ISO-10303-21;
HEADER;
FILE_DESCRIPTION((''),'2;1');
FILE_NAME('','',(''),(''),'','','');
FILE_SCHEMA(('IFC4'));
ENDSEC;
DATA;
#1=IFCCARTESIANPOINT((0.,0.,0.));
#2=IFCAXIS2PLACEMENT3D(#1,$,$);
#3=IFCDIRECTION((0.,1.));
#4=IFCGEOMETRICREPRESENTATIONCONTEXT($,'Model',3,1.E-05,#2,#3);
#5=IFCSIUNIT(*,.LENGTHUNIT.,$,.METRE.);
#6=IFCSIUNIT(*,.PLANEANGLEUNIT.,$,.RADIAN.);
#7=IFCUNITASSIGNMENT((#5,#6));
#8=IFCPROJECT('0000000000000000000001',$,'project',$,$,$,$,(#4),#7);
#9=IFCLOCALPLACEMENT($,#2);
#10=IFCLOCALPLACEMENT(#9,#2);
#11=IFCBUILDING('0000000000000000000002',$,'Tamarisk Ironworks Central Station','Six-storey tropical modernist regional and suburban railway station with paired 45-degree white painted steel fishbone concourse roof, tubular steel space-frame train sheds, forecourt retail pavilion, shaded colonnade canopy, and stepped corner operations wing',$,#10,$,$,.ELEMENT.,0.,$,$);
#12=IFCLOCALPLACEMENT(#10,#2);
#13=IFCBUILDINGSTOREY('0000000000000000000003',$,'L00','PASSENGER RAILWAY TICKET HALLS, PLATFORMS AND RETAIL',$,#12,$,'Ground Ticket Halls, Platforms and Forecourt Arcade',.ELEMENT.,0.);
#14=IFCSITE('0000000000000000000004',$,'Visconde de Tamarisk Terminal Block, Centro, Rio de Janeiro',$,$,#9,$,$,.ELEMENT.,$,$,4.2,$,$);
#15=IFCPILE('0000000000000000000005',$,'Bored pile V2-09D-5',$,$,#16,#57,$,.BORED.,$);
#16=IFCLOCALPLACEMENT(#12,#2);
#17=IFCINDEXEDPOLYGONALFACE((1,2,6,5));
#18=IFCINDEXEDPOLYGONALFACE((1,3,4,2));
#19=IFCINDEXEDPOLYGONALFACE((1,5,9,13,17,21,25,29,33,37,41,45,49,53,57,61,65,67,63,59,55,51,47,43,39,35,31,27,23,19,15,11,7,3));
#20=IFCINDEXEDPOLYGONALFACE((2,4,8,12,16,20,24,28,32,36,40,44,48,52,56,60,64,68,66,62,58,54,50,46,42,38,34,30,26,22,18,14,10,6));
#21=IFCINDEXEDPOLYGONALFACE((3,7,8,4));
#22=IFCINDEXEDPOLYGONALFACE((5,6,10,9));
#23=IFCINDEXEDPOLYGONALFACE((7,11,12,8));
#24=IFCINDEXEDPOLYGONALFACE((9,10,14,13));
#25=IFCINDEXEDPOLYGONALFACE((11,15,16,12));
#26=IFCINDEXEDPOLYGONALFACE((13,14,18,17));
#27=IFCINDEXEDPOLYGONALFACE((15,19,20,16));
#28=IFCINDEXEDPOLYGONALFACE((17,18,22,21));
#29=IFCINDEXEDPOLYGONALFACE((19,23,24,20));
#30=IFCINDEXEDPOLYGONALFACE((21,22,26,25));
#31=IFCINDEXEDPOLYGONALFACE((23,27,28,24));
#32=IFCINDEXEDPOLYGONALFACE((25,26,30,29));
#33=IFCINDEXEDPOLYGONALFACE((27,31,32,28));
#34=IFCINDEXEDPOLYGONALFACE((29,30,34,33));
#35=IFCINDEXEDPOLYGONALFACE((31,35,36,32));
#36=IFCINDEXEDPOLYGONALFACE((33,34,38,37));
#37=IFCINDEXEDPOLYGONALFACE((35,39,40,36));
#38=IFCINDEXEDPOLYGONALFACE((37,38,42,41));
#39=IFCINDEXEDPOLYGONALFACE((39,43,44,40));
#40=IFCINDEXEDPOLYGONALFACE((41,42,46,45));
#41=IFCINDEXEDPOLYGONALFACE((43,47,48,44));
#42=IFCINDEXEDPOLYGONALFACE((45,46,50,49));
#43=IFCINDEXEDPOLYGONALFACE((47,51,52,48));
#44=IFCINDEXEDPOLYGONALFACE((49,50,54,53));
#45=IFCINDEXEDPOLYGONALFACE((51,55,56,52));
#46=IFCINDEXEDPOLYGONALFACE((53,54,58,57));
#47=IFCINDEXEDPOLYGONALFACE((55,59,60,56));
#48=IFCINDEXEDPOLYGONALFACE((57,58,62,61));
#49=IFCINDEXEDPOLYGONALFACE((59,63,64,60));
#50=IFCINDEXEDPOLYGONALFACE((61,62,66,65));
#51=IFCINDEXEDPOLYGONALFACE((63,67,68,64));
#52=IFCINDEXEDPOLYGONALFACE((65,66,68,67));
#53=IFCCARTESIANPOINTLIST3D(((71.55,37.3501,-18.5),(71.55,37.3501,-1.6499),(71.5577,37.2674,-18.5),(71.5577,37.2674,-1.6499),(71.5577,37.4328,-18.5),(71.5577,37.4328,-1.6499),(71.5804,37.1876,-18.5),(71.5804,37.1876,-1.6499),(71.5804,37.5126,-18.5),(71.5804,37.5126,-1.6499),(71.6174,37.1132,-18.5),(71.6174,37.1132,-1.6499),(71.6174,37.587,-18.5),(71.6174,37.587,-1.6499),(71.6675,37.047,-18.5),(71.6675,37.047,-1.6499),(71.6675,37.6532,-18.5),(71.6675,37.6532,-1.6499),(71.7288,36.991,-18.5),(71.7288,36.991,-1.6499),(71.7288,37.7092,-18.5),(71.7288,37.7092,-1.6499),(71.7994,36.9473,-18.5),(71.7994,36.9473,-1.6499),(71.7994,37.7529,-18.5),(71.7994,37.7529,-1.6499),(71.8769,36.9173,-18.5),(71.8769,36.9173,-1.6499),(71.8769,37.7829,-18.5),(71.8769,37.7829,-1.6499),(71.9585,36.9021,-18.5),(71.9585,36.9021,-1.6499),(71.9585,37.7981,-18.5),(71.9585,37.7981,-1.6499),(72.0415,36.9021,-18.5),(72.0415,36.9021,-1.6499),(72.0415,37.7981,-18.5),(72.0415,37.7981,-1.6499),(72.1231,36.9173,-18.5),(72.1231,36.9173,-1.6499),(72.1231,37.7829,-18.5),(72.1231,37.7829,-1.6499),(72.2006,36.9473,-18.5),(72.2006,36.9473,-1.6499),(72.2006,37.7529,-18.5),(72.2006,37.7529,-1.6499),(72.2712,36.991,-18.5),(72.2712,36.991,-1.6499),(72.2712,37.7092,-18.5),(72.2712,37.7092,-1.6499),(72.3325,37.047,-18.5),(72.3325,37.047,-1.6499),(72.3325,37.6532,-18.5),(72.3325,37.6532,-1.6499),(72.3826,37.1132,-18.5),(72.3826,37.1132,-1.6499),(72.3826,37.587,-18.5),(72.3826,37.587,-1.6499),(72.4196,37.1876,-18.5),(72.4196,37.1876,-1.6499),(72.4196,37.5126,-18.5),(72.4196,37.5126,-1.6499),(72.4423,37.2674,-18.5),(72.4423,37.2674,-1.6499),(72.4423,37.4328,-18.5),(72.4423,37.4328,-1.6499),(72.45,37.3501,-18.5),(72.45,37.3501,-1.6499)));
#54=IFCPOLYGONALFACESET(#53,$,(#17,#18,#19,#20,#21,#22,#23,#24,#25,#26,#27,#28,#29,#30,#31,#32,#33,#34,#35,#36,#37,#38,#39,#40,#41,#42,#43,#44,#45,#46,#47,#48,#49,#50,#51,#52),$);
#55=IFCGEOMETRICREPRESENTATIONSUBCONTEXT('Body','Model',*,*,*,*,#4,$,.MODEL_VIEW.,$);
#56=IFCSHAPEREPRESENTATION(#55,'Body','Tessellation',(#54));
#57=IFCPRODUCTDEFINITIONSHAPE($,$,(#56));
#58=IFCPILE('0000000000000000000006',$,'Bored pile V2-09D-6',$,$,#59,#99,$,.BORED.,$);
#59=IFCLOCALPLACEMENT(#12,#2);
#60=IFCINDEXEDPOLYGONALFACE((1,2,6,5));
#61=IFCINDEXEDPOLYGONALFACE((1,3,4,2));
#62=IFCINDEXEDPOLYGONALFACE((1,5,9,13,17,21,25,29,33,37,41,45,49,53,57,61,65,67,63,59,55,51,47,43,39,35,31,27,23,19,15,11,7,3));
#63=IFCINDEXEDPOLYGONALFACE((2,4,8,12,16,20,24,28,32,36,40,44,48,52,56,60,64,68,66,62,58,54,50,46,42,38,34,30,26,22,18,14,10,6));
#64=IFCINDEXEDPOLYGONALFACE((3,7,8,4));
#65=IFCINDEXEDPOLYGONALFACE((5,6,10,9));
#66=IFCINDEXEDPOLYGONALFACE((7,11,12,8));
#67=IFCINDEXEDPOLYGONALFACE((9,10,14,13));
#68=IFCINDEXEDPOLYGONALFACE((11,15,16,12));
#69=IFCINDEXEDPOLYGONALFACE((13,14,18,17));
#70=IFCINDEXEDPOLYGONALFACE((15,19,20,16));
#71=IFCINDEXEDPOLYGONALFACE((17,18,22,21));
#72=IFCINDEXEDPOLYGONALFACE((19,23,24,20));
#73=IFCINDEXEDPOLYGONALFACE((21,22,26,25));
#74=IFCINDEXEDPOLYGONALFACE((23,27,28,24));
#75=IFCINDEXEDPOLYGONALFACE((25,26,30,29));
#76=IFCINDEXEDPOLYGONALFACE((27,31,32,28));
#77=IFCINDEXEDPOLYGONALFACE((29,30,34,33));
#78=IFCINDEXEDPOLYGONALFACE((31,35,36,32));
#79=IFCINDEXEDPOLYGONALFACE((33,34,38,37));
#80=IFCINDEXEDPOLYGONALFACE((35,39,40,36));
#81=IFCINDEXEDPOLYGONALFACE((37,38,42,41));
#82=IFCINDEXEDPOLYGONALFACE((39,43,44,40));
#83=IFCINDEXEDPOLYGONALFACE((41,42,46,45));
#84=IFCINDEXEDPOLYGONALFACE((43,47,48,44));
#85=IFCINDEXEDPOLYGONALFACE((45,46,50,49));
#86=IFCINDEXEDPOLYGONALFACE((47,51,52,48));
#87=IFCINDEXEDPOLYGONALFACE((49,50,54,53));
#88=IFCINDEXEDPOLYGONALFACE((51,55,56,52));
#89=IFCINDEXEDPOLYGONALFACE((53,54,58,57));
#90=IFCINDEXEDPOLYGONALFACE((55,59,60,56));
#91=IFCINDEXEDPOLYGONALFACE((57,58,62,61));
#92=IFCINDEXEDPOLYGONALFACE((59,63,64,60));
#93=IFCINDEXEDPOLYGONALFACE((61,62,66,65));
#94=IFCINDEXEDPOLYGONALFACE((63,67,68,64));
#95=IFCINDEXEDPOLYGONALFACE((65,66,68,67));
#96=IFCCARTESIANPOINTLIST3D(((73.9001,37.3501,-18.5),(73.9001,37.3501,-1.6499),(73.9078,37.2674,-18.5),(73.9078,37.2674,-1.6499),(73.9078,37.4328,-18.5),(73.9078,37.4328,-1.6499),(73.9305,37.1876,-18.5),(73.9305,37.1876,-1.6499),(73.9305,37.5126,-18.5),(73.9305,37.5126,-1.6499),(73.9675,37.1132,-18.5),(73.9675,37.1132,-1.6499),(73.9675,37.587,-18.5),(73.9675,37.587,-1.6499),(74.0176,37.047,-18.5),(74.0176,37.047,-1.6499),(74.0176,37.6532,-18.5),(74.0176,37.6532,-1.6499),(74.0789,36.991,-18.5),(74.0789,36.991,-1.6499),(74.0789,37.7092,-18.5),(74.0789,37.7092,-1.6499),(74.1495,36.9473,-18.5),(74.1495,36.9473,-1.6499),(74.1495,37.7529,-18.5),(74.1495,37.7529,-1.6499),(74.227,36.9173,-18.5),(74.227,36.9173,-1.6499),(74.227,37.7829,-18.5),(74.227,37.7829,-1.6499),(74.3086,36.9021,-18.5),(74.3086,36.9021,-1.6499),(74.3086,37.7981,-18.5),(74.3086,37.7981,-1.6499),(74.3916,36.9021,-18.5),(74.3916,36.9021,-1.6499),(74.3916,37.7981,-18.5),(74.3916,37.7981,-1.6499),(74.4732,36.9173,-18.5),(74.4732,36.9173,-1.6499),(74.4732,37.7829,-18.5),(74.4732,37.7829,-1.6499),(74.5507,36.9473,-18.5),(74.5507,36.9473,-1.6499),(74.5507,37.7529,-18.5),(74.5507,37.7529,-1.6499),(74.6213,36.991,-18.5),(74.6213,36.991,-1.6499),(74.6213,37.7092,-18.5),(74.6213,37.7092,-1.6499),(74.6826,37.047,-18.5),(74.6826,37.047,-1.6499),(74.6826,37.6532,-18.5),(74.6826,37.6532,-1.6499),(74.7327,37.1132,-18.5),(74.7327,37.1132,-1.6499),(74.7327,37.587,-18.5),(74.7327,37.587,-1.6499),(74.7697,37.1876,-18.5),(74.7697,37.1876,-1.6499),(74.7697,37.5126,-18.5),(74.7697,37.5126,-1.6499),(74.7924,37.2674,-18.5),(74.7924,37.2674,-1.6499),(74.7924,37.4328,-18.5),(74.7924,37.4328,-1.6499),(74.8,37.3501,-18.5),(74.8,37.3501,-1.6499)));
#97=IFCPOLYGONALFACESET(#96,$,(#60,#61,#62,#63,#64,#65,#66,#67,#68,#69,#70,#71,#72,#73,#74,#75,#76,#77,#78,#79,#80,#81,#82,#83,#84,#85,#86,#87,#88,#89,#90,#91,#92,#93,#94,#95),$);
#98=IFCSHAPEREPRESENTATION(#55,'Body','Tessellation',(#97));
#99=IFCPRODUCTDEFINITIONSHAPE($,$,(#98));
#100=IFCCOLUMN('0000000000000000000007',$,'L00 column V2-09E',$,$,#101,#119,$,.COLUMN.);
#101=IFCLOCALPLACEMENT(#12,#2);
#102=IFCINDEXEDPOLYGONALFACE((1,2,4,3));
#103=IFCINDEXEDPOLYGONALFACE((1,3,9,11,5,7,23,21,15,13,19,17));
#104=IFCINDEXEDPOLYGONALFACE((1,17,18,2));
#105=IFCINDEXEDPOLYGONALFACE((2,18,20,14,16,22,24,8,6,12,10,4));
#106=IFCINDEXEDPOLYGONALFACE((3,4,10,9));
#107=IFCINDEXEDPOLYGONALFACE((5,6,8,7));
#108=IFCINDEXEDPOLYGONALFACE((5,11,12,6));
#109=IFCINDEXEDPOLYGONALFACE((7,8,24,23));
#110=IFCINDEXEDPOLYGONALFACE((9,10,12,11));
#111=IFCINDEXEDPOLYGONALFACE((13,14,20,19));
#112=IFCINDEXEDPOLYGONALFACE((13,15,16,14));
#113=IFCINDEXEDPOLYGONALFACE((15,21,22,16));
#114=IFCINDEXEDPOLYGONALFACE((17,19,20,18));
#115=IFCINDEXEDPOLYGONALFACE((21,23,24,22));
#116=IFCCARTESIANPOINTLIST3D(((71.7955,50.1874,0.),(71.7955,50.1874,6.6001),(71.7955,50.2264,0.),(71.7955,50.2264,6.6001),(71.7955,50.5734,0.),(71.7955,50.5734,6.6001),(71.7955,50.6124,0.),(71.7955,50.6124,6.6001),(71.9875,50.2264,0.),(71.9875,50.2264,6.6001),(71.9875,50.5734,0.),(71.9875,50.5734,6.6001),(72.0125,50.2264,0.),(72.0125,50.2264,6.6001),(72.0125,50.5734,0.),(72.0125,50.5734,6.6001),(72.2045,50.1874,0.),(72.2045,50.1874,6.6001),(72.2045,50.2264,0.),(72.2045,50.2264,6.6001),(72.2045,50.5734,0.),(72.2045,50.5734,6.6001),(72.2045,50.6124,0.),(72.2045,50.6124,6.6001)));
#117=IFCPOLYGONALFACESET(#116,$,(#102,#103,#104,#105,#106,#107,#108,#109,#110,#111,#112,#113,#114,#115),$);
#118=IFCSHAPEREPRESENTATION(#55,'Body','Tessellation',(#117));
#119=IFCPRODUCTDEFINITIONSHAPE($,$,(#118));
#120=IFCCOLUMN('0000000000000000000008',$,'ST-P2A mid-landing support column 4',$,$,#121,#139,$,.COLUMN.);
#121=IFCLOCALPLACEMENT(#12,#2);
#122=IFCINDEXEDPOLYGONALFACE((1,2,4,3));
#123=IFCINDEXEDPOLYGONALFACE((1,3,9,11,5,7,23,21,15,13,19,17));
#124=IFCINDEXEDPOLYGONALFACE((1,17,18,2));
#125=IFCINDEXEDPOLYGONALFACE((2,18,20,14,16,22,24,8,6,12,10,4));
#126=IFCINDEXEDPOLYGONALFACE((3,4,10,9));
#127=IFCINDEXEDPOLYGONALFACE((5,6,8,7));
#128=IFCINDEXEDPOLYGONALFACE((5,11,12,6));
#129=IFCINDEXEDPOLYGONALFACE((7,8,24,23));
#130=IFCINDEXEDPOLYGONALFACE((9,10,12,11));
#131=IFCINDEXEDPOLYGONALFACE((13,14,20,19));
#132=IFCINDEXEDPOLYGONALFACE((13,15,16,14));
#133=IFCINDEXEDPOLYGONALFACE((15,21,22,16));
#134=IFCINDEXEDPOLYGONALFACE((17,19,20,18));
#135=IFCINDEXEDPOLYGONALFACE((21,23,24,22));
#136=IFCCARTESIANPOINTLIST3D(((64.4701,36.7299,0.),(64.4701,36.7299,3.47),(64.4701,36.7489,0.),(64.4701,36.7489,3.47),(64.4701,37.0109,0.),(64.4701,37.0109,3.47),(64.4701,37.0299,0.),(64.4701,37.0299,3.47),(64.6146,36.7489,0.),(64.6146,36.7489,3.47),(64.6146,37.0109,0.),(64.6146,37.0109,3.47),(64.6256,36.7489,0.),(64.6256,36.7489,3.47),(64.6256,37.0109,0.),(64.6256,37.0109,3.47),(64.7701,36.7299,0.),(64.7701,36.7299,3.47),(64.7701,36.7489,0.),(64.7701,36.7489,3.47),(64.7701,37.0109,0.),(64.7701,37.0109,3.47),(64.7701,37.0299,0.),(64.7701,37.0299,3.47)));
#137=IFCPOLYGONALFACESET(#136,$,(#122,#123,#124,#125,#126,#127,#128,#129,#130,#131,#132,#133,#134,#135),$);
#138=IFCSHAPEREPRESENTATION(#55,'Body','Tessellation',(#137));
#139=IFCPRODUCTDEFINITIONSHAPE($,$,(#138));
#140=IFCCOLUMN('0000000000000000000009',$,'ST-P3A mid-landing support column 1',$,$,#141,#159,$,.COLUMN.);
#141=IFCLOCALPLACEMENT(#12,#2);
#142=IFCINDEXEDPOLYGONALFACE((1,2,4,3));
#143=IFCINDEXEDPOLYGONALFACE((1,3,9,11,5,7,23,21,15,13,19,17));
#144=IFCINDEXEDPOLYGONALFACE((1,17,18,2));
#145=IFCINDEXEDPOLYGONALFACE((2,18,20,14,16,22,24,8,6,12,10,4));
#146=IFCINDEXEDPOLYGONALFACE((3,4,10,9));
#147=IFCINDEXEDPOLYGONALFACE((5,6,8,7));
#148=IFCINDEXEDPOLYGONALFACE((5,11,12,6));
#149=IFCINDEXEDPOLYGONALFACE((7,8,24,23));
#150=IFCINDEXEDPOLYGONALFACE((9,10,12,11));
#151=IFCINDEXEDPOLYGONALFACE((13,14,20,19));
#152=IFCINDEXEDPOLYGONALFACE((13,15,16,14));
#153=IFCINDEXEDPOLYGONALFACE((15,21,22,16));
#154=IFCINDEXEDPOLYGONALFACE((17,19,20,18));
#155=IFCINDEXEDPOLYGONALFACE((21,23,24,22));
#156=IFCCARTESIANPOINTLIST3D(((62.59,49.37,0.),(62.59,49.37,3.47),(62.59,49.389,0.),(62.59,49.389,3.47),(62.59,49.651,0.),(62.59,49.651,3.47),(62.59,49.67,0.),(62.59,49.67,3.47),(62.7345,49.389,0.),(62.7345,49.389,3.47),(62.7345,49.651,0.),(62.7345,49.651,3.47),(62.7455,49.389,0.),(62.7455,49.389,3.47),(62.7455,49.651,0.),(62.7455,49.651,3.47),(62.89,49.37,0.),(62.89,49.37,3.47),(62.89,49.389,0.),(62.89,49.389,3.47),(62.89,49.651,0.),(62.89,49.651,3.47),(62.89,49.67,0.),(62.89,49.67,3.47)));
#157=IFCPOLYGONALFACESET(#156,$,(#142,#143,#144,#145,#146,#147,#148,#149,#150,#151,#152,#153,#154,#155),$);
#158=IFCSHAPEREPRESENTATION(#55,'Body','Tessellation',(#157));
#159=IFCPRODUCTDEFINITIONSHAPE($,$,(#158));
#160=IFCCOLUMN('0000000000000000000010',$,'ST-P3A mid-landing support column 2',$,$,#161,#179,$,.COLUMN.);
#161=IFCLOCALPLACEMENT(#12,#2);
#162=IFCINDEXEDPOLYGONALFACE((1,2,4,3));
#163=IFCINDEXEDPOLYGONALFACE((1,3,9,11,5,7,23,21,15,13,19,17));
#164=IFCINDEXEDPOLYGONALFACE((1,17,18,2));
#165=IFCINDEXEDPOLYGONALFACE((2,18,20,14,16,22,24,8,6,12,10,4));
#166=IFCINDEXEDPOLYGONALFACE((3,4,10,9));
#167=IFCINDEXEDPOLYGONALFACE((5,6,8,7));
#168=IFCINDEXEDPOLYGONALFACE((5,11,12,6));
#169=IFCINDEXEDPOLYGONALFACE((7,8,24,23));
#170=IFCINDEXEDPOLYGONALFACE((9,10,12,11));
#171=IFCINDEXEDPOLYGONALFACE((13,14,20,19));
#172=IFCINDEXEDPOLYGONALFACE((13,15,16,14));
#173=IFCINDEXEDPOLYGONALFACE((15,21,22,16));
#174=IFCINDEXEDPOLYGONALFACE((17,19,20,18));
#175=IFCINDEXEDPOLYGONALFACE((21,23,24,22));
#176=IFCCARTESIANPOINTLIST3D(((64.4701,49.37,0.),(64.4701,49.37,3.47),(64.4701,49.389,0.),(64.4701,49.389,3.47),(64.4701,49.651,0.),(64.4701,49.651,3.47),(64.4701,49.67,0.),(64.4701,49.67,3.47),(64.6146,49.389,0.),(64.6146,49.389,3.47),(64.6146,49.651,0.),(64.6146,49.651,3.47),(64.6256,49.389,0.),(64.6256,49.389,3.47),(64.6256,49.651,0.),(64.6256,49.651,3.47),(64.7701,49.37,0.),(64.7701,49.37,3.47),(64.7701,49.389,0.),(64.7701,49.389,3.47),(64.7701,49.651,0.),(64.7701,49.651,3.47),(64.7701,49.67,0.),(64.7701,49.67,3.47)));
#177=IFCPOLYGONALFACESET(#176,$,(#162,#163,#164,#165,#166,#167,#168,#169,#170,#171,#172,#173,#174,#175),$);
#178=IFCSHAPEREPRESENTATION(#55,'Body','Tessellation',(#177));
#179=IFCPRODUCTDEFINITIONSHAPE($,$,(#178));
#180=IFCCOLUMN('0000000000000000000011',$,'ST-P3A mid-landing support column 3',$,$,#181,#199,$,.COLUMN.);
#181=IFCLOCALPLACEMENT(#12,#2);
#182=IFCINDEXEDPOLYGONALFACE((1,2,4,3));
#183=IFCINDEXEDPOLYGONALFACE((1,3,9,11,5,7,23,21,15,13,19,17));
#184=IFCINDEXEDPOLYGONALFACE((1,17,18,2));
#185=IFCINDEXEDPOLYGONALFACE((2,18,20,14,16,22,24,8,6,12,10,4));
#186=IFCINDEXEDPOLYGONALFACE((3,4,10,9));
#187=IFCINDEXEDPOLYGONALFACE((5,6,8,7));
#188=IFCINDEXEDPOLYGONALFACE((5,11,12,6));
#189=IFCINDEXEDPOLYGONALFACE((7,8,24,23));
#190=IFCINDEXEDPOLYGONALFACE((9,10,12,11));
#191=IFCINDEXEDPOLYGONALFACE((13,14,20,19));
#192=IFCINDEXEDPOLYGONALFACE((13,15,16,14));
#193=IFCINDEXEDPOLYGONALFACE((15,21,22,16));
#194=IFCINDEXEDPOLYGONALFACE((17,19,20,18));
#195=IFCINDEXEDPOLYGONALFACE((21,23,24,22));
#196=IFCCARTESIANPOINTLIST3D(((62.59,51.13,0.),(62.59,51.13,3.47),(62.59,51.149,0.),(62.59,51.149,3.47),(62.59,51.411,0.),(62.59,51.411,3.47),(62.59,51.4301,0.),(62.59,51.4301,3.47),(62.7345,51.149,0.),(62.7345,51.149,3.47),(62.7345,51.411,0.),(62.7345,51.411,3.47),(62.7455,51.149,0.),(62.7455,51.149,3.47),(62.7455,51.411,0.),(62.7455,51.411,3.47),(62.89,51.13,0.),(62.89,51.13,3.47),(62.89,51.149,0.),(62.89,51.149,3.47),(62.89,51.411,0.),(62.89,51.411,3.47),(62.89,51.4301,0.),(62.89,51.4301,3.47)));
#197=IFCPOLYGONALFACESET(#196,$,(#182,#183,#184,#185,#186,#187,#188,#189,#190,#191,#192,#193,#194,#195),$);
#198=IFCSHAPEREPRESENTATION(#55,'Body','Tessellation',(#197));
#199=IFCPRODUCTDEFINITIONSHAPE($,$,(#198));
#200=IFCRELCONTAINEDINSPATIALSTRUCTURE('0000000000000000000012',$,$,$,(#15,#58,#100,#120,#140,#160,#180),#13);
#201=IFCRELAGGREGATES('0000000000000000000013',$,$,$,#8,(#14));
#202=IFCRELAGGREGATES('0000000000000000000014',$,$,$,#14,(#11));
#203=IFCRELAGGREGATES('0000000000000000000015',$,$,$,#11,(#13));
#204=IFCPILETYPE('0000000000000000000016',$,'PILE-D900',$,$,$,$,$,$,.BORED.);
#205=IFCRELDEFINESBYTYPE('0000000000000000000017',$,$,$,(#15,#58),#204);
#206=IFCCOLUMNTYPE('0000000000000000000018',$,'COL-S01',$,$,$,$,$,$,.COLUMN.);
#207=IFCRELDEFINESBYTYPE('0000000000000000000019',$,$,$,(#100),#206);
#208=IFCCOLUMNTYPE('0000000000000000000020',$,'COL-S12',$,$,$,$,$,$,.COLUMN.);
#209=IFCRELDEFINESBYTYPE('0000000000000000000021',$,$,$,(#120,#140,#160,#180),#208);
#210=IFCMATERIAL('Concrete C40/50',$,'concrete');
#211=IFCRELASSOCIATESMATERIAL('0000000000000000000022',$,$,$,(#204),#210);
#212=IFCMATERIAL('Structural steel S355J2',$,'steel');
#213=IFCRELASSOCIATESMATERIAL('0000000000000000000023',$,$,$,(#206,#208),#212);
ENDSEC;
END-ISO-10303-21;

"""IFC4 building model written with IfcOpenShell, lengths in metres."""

from ifc_helpers import new_model, si_unit, direction, frame, origin, origin_2d, place, context, subcontext, project, spatial, circle, i_section, extrude, material, material_profile, profile_set, type_object, element, save


model = new_model("IFC4")

# Units and contexts
model_context = context("Model", 3, precision=1e-05, world=origin(), true_north=direction((0.0, 1.0)))
body_context = subcontext(model_context, "Body", "Model", "MODEL_VIEW")
ifc_project = project(units=[si_unit("LENGTHUNIT", "METRE"), si_unit("PLANEANGLEUNIT", "RADIAN")], contexts=[model_context])

# Site, building, storey
site_placement = place(None, origin())
site = spatial("IfcSite", under=ifc_project, at=site_placement, Name="Visconde de Tamarisk Terminal Block, Centro, Rio de Janeiro", CompositionType="ELEMENT", RefElevation=4.2)
building_placement = place(site_placement, origin())
building = spatial("IfcBuilding", under=site, at=building_placement, Name="Tamarisk Ironworks Central Station", Description="Six-storey tropical modernist regional and suburban railway station with paired 45-degree white painted steel fishbone concourse roof, tubular steel space-frame train sheds, forecourt retail pavilion, shaded colonnade canopy, and stepped corner operations wing", CompositionType="ELEMENT", ElevationOfRefHeight=0.0)
storey_placement = place(building_placement, origin())
storey = spatial("IfcBuildingStorey", under=building, at=storey_placement, Name="L00", Description="PASSENGER RAILWAY TICKET HALLS, PLATFORMS AND RETAIL", LongName="Ground Ticket Halls, Platforms and Forecourt Arcade", CompositionType="ELEMENT", Elevation=0.0)

# Shared definitions
ifc_material_1 = material(Name="Concrete C40/50", Category="concrete")

# Piles
ifc_material_profile_1 = material_profile(ifc_material_1, circle(Radius=0.45, at=origin_2d()), Name="BORED PILE D900")
ifc_profile_set_1 = profile_set([ifc_material_profile_1], Name="Concrete C40/50")
pile_type_1 = type_object("IfcPileType", Name="PILE-D900", PredefinedType="BORED", material=ifc_profile_set_1)
for number, where, z_axis, x_axis, name in (
    (1, (72.0, 37.3501, -1.6499), (0.0, 0.0, -1.0), (1.0, 0.0, 0.0), "Bored pile V2-09D-5"),
    (2, (74.3501, 37.3501, -1.6499), (0.0, 0.0, -1.0), (1.0, 0.0, 0.0), "Bored pile V2-09D-6"),
):
    element("IfcPile", number, at=place(storey_placement, frame(where, z_axis=z_axis, x_axis=x_axis)), inside=storey, type_object=pile_type_1, Name=name, PredefinedType="BORED", context=body_context, shape_type="SweptSolid", body=[
        extrude(circle(Radius=0.45, at=origin_2d()), origin(), (0.0, 0.0, 1.0), 16.8501),
    ])

# Columns
ifc_material_2 = material(Name="Structural steel S355J2", Category="steel")
ifc_material_profile_2 = material_profile(ifc_material_2, i_section(OverallWidth=0.4089, OverallDepth=0.425, WebThickness=0.0249, FlangeThickness=0.0391, at=origin_2d()), Name="HD 400x421")
ifc_profile_set_2 = profile_set([ifc_material_profile_2], Name="Structural steel S355J2")
column_type_1 = type_object("IfcColumnType", Name="COL-S01", PredefinedType="COLUMN", material=ifc_profile_set_2)
column_placement = place(storey_placement, frame((72.0, 50.3999, 0.0), z_axis=(0.0, 0.0, 1.0), x_axis=(1.0, 0.0, 0.0)))
element("IfcColumn", 3, at=column_placement, inside=storey, type_object=column_type_1, Name="L00 column V2-09E", PredefinedType="COLUMN", context=body_context, shape_type="SweptSolid", body=[
    extrude(i_section(OverallWidth=0.4089, OverallDepth=0.425, WebThickness=0.0249, FlangeThickness=0.0391, at=origin_2d()), origin(), (0.0, 0.0, 1.0), 6.6001),
])
ifc_material_profile_3 = material_profile(ifc_material_2, i_section(OverallWidth=0.3, OverallDepth=0.3, WebThickness=0.011, FlangeThickness=0.019, at=origin_2d()), Name="HEB 300")
ifc_profile_set_3 = profile_set([ifc_material_profile_3], Name="Structural steel S355J2")
column_type_2 = type_object("IfcColumnType", Name="COL-S12", PredefinedType="COLUMN", material=ifc_profile_set_3)
for number, where, z_axis, x_axis, name in (
    (4, (64.6201, 36.8799, 0.0), (0.0, 0.0, 1.0), (1.0, 0.0, 0.0), "ST-P2A mid-landing support column 4"),
    (5, (62.74, 49.52, 0.0), (0.0, 0.0, 1.0), (1.0, 0.0, 0.0), "ST-P3A mid-landing support column 1"),
    (6, (64.6201, 49.52, 0.0), (0.0, 0.0, 1.0), (1.0, 0.0, 0.0), "ST-P3A mid-landing support column 2"),
    (7, (62.74, 51.28, 0.0), (0.0, 0.0, 1.0), (1.0, 0.0, 0.0), "ST-P3A mid-landing support column 3"),
):
    element("IfcColumn", number, at=place(storey_placement, frame(where, z_axis=z_axis, x_axis=x_axis)), inside=storey, type_object=column_type_2, Name=name, PredefinedType="COLUMN", context=body_context, shape_type="SweptSolid", body=[
        extrude(i_section(OverallWidth=0.3, OverallDepth=0.3, WebThickness=0.011, FlangeThickness=0.019, at=origin_2d()), origin(), (0.0, 0.0, 1.0), 3.47),
    ])

save(model, "model.ifc")
